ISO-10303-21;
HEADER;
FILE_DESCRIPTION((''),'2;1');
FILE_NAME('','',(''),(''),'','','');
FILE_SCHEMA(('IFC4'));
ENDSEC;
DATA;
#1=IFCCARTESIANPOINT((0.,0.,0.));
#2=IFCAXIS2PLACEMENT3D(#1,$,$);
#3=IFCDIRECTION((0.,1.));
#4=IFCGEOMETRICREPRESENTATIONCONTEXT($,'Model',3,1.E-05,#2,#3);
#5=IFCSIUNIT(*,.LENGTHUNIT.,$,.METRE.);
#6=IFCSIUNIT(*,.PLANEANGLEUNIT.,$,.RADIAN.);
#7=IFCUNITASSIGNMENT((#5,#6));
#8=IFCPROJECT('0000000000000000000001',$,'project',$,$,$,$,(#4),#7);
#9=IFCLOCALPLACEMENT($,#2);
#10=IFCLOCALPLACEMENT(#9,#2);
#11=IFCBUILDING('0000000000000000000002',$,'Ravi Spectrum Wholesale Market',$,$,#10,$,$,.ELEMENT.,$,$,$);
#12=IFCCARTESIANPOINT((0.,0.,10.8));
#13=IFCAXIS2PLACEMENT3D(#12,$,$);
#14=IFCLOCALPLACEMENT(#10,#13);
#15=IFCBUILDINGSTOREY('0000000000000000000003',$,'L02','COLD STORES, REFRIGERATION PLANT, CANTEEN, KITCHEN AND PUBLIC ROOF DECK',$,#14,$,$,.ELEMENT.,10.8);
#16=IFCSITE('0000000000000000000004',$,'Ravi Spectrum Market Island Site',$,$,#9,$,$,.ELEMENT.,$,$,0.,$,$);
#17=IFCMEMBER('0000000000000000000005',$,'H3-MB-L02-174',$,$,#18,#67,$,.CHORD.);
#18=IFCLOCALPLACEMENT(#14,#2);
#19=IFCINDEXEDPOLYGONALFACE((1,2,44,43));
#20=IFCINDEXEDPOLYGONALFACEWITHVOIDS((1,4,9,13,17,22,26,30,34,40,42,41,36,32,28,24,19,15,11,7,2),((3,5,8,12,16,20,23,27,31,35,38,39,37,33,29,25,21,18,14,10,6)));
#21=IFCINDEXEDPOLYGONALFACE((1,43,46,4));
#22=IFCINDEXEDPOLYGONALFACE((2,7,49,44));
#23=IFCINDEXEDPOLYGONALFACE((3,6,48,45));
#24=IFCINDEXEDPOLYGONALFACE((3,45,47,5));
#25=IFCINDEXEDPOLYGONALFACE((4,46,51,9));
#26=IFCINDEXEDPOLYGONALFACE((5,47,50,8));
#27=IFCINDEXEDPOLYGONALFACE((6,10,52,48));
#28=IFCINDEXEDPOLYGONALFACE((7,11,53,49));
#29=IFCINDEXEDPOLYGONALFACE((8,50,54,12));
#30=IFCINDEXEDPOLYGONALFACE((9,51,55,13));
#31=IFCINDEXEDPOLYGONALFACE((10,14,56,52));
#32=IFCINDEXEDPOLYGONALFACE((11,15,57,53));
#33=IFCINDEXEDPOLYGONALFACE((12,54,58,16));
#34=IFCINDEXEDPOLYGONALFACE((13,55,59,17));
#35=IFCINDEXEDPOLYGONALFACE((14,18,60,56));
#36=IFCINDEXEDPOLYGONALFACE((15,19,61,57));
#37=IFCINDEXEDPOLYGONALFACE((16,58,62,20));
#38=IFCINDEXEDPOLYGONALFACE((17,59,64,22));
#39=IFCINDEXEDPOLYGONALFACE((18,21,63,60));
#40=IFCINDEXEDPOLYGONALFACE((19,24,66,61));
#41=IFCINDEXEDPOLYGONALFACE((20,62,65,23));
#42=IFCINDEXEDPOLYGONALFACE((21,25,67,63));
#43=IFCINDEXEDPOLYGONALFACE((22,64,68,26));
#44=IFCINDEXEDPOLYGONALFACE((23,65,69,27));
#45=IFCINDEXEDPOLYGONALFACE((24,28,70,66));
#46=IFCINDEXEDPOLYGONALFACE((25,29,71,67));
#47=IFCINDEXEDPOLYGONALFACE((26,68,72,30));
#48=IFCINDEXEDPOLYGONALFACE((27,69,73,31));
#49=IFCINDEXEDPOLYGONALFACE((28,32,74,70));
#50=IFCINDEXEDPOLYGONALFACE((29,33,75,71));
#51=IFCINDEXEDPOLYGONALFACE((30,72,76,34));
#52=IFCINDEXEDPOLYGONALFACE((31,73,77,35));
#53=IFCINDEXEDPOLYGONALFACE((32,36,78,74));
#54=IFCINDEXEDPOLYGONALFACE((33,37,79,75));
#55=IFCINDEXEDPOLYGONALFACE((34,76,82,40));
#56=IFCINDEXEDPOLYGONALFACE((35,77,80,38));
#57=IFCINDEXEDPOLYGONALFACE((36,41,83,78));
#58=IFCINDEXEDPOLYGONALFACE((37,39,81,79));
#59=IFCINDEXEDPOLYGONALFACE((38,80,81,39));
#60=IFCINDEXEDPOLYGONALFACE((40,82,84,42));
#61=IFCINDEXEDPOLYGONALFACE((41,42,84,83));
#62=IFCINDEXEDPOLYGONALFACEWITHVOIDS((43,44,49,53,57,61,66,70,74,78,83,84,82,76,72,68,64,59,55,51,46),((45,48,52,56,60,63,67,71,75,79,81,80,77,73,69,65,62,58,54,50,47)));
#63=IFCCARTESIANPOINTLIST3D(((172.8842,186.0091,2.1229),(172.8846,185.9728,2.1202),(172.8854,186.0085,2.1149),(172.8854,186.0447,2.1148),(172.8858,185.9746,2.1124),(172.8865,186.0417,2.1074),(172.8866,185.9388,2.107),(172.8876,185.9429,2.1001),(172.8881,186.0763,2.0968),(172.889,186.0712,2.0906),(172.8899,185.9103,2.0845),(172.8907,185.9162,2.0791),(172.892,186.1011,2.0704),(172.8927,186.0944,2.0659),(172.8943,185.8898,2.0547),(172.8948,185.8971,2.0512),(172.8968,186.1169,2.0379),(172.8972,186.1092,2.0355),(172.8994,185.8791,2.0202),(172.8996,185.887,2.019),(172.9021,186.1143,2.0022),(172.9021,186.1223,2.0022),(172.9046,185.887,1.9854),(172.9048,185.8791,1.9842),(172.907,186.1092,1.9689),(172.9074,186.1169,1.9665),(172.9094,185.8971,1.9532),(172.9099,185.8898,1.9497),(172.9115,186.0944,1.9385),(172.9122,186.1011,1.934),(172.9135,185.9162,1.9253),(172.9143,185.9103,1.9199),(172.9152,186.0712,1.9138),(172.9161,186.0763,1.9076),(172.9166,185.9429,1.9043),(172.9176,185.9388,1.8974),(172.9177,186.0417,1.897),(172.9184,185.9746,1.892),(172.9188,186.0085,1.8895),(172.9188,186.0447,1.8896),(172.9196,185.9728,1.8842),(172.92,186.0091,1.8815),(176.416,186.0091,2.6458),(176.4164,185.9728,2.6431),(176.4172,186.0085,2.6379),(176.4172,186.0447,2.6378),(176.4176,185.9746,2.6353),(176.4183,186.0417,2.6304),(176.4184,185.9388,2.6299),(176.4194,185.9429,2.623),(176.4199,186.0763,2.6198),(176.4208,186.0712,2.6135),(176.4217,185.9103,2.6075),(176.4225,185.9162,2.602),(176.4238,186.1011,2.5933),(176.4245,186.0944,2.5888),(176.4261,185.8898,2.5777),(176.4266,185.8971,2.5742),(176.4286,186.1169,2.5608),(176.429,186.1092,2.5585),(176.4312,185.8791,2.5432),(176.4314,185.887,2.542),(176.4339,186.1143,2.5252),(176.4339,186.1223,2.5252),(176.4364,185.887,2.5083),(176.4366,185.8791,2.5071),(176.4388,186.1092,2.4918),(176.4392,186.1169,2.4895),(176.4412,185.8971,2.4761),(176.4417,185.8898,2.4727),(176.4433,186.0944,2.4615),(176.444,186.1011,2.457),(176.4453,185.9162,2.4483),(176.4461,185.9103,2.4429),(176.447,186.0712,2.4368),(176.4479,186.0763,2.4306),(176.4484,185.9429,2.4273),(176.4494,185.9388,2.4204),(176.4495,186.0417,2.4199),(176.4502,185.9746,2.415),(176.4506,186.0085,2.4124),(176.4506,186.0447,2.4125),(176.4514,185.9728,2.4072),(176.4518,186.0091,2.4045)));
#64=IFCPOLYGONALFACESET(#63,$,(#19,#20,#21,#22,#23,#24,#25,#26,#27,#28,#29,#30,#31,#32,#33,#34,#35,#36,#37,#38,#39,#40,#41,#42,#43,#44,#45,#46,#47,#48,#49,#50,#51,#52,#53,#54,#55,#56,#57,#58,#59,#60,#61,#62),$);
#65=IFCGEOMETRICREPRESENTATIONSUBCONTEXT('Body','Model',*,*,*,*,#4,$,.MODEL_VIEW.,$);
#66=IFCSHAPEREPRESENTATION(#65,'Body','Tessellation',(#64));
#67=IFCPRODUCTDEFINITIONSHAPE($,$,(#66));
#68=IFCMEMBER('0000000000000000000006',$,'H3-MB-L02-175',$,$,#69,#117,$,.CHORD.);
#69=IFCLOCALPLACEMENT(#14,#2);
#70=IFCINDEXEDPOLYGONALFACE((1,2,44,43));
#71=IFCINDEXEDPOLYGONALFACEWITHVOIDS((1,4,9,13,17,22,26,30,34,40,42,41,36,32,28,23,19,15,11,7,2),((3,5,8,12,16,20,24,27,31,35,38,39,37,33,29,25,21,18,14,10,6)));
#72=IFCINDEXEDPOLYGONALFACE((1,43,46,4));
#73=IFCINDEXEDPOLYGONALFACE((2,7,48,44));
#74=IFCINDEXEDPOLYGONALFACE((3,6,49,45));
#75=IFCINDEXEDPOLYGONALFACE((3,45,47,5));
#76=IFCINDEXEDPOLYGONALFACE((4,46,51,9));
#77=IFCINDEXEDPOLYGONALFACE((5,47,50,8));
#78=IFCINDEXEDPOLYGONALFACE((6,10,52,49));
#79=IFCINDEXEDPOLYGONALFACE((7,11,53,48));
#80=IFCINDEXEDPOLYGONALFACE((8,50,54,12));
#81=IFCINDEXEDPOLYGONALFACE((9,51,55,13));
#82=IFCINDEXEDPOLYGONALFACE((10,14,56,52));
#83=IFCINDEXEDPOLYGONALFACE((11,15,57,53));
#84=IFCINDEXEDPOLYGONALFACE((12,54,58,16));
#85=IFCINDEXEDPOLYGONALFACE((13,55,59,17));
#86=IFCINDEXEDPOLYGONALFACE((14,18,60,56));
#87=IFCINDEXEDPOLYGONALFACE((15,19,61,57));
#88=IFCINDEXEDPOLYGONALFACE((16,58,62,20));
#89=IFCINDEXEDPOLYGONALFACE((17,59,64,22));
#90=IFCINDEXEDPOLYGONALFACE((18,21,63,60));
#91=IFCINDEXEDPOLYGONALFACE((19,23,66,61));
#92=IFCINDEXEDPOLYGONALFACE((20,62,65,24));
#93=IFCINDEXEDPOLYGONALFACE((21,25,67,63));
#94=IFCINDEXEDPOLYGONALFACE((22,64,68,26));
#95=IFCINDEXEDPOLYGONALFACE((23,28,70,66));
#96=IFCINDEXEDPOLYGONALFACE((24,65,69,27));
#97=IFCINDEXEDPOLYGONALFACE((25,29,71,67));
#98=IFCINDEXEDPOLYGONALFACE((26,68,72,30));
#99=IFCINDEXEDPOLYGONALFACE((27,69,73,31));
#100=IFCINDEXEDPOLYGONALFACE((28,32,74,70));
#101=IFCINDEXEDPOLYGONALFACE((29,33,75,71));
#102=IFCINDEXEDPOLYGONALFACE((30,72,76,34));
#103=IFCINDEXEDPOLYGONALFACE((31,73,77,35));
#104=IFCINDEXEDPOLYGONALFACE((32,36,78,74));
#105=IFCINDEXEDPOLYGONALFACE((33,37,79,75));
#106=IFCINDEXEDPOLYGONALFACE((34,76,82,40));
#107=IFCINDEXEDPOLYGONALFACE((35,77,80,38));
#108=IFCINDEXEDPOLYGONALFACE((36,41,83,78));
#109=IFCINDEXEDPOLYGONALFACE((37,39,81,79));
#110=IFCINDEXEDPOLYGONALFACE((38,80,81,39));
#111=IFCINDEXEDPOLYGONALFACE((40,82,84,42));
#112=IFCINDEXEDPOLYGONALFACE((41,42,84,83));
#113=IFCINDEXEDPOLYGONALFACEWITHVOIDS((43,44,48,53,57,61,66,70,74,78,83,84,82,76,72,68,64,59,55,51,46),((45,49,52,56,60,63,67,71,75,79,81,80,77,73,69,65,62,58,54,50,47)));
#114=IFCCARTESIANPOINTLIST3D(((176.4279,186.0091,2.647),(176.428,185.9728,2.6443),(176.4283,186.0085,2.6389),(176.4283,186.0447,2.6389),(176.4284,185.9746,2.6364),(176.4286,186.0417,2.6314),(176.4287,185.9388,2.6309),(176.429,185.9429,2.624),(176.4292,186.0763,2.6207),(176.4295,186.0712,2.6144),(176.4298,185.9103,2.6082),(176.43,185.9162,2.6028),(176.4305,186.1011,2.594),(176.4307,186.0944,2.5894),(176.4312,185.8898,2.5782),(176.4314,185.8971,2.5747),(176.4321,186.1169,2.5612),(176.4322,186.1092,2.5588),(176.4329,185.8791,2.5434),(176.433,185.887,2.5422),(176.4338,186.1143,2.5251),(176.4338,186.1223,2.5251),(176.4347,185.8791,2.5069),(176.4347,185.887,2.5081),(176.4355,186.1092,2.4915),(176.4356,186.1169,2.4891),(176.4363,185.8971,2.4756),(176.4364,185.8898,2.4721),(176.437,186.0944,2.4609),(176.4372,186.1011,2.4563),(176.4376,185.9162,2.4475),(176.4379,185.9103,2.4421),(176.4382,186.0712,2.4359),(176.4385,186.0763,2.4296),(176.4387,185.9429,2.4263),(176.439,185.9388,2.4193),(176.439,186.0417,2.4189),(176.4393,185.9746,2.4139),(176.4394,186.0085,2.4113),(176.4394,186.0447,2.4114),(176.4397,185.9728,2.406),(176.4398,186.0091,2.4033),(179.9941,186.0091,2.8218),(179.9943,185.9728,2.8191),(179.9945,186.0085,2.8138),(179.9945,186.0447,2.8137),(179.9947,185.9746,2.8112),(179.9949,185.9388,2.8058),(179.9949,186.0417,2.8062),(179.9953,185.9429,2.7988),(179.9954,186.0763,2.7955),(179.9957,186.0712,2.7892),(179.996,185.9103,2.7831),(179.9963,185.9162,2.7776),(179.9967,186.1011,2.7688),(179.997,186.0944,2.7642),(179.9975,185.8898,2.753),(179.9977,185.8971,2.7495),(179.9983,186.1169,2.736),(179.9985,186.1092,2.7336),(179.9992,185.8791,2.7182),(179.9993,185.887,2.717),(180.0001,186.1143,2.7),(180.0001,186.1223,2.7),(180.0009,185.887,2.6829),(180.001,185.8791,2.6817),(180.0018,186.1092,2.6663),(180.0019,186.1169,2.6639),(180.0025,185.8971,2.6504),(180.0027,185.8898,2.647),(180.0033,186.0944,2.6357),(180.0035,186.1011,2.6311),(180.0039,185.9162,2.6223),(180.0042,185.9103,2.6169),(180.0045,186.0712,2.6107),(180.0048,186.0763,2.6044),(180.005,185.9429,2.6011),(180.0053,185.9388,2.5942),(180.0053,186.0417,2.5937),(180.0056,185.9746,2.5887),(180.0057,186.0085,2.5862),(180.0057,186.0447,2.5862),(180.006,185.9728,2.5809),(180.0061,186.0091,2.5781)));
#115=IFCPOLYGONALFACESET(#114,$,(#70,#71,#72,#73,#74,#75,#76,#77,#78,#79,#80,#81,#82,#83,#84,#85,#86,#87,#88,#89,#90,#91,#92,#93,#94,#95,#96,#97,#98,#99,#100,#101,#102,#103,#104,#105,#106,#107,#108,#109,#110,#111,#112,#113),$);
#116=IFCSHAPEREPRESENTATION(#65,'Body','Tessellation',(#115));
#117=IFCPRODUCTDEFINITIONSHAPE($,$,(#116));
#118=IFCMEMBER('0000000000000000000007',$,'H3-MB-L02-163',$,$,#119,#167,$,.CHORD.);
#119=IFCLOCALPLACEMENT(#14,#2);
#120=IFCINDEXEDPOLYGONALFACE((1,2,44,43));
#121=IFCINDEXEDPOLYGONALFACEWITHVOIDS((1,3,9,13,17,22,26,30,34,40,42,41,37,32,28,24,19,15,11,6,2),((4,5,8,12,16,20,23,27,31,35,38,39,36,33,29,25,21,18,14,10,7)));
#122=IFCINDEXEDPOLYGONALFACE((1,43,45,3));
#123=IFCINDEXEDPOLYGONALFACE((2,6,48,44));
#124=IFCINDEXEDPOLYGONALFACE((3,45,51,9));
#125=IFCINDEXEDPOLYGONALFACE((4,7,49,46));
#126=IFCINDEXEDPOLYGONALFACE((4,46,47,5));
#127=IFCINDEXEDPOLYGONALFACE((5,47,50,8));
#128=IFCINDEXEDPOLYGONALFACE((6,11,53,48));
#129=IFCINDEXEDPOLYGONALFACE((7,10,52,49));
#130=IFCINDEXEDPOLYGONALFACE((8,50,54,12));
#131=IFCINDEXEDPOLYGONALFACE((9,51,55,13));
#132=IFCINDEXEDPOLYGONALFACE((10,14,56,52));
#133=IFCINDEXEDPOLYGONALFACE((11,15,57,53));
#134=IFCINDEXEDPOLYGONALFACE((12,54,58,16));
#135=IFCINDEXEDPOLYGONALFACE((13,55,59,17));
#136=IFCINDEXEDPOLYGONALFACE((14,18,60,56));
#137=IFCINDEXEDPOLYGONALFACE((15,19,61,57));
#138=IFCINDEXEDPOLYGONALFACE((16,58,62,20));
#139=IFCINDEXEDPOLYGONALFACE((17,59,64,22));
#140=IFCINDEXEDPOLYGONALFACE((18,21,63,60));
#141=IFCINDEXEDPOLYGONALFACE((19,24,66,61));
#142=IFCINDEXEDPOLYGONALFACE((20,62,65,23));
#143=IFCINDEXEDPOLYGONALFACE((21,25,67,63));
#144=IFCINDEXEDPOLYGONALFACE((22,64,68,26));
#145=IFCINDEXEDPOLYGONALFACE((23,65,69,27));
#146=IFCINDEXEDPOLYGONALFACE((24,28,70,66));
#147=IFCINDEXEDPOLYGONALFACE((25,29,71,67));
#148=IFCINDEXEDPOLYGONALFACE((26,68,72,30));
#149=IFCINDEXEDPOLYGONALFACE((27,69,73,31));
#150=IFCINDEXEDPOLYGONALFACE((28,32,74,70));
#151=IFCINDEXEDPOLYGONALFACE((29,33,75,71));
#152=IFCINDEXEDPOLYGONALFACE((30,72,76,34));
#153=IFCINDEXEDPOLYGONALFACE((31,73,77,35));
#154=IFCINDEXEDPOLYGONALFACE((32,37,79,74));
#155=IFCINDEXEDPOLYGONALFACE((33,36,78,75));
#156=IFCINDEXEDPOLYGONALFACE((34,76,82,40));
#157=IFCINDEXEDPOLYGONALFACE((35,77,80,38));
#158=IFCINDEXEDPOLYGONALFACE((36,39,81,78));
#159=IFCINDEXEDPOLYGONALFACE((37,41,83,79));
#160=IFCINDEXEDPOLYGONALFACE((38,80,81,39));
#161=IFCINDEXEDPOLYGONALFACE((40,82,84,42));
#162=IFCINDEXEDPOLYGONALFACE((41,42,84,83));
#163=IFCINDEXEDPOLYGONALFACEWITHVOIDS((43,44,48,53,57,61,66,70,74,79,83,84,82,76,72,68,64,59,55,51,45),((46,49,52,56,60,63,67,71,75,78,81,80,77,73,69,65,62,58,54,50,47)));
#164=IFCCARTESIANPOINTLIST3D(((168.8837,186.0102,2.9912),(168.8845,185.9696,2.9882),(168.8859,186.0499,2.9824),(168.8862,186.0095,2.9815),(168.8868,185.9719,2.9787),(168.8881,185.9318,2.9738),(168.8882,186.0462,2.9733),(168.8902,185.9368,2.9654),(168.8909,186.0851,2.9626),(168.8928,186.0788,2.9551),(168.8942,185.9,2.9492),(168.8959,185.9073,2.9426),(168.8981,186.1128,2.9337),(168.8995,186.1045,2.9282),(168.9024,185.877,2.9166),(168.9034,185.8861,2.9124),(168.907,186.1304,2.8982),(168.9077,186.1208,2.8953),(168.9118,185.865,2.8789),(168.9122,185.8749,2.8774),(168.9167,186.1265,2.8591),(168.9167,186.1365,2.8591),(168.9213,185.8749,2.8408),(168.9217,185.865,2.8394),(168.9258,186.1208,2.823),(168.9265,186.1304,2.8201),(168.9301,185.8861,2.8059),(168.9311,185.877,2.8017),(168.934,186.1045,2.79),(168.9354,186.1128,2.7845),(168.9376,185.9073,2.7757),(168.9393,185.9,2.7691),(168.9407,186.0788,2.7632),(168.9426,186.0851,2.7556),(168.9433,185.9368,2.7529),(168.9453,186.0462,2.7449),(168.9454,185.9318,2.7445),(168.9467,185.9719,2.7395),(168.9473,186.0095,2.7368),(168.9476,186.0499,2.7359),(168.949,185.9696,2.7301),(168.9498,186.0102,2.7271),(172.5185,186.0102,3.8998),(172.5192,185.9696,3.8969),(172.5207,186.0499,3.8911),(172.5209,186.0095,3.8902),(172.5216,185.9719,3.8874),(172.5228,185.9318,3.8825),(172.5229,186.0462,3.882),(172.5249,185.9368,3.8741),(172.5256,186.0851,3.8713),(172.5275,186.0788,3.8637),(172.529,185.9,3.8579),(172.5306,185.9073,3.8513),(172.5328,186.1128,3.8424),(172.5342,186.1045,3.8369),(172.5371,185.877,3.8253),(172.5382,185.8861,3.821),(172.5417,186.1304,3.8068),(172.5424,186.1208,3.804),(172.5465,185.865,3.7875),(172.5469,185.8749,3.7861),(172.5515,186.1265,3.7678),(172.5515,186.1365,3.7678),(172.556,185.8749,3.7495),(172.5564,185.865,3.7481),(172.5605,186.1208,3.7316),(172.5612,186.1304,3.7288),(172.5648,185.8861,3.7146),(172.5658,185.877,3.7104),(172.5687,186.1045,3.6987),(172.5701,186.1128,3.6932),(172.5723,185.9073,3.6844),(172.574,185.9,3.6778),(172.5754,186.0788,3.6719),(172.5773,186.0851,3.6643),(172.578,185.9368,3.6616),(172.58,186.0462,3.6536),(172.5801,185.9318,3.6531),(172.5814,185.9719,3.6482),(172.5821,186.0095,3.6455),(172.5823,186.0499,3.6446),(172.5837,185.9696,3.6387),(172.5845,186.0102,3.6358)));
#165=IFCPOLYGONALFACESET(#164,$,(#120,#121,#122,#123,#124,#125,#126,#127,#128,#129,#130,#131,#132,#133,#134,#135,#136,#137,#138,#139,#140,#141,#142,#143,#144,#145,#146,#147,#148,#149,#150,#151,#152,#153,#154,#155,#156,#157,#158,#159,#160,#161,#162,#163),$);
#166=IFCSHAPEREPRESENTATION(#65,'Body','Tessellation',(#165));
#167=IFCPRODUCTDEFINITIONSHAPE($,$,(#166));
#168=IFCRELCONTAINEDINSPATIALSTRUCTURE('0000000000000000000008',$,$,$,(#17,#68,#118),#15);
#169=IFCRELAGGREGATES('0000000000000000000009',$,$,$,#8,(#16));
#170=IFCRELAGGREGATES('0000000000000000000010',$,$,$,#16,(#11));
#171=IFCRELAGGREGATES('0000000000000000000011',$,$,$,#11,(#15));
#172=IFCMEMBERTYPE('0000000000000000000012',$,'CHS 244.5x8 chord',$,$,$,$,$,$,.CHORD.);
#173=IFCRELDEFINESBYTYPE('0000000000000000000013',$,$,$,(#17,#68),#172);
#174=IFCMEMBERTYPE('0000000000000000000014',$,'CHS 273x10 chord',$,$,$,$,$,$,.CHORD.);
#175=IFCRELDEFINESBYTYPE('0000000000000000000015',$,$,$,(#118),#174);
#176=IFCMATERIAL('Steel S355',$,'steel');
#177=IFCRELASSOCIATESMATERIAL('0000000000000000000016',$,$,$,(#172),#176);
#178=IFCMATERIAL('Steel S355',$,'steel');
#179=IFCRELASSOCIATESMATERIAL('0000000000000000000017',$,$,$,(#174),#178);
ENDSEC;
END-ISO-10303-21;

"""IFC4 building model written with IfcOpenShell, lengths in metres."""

from ifc_helpers import new_model, si_unit, direction, frame, origin, origin_2d, place, context, subcontext, project, spatial, hollow_circle, extrude, material, material_profile, profile_set, type_object, element, save


model = new_model("IFC4")

# Units and contexts
model_context = context("Model", 3, precision=1e-05, world=origin(), true_north=direction((0.0, 1.0)))
body_context = subcontext(model_context, "Body", "Model", "MODEL_VIEW")
ifc_project = project(units=[si_unit("LENGTHUNIT", "METRE"), si_unit("PLANEANGLEUNIT", "RADIAN")], contexts=[model_context])

# Site, building, storey
site_placement = place(None, origin())
site = spatial("IfcSite", under=ifc_project, at=site_placement, Name="Ravi Spectrum Market Island Site", CompositionType="ELEMENT", RefElevation=0.0)
building_placement = place(site_placement, origin())
building = spatial("IfcBuilding", under=site, at=building_placement, Name="Ravi Spectrum Wholesale Market", CompositionType="ELEMENT")
storey_placement = place(building_placement, frame((0.0, 0.0, 10.8)))
storey = spatial("IfcBuildingStorey", under=building, at=storey_placement, Name="L02", Description="COLD STORES, REFRIGERATION PLANT, CANTEEN, KITCHEN AND PUBLIC ROOF DECK", CompositionType="ELEMENT", Elevation=10.8)

# Members
ifc_material_1 = material(Name="Steel S355", Category="steel")
ifc_material_profile_1 = material_profile(ifc_material_1, hollow_circle(Radius=0.1223, WallThickness=0.0081, at=origin_2d()))
ifc_profile_set_1 = profile_set([ifc_material_profile_1], Name="Steel S355")
member_type_1 = type_object("IfcMemberType", Name="CHS 244.5x8 chord", PredefinedType="CHORD", material=ifc_profile_set_1)
member_1_placement = place(storey_placement, frame((172.9021, 186.0, 2.0022), z_axis=(0.989214, 0.0, 0.146474), x_axis=(0.0, 1.0, 0.0)))
element("IfcMember", 1, at=member_1_placement, inside=storey, type_object=member_type_1, Name="H3-MB-L02-174", PredefinedType="CHORD", context=body_context, shape_type="SweptSolid", body=[
    extrude(hollow_circle(Radius=0.1223, WallThickness=0.0081, at=origin_2d()), origin(), (0.0, 0.0, 1.0), 3.5703),
])
member_2_placement = place(storey_placement, frame((176.4338, 186.0, 2.5251), z_axis=(0.998801, 0.0, 0.048959), x_axis=(0.0, 1.0, 0.0)))
element("IfcMember", 2, at=member_2_placement, inside=storey, type_object=member_type_1, Name="H3-MB-L02-175", PredefinedType="CHORD", context=body_context, shape_type="SweptSolid", body=[
    extrude(hollow_circle(Radius=0.1223, WallThickness=0.0081, at=origin_2d()), origin(), (0.0, 0.0, 1.0), 3.5706),
])
ifc_material_2 = material(Name="Steel S355", Category="steel")
ifc_material_profile_2 = material_profile(ifc_material_2, hollow_circle(Radius=0.1365, WallThickness=0.01, at=origin_2d()))
ifc_profile_set_2 = profile_set([ifc_material_profile_2], Name="Steel S355")
member_type_2 = type_object("IfcMemberType", Name="CHS 273x10 chord", PredefinedType="CHORD", material=ifc_profile_set_2)
for number, where, z_axis, x_axis, name in (
    (3, (168.9167, 186.0, 2.8591), (0.970143, 0.0, 0.242536), (0.0, 1.0, 0.0), "H3-MB-L02-163"),
):
    element("IfcMember", number, at=place(storey_placement, frame(where, z_axis=z_axis, x_axis=x_axis)), inside=storey, type_object=member_type_2, Name=name, PredefinedType="CHORD", context=body_context, shape_type="SweptSolid", body=[
        extrude(hollow_circle(Radius=0.1365, WallThickness=0.01, at=origin_2d()), origin(), (0.0, 0.0, 1.0), 3.7466),
    ])

save(model, "model.ifc")
